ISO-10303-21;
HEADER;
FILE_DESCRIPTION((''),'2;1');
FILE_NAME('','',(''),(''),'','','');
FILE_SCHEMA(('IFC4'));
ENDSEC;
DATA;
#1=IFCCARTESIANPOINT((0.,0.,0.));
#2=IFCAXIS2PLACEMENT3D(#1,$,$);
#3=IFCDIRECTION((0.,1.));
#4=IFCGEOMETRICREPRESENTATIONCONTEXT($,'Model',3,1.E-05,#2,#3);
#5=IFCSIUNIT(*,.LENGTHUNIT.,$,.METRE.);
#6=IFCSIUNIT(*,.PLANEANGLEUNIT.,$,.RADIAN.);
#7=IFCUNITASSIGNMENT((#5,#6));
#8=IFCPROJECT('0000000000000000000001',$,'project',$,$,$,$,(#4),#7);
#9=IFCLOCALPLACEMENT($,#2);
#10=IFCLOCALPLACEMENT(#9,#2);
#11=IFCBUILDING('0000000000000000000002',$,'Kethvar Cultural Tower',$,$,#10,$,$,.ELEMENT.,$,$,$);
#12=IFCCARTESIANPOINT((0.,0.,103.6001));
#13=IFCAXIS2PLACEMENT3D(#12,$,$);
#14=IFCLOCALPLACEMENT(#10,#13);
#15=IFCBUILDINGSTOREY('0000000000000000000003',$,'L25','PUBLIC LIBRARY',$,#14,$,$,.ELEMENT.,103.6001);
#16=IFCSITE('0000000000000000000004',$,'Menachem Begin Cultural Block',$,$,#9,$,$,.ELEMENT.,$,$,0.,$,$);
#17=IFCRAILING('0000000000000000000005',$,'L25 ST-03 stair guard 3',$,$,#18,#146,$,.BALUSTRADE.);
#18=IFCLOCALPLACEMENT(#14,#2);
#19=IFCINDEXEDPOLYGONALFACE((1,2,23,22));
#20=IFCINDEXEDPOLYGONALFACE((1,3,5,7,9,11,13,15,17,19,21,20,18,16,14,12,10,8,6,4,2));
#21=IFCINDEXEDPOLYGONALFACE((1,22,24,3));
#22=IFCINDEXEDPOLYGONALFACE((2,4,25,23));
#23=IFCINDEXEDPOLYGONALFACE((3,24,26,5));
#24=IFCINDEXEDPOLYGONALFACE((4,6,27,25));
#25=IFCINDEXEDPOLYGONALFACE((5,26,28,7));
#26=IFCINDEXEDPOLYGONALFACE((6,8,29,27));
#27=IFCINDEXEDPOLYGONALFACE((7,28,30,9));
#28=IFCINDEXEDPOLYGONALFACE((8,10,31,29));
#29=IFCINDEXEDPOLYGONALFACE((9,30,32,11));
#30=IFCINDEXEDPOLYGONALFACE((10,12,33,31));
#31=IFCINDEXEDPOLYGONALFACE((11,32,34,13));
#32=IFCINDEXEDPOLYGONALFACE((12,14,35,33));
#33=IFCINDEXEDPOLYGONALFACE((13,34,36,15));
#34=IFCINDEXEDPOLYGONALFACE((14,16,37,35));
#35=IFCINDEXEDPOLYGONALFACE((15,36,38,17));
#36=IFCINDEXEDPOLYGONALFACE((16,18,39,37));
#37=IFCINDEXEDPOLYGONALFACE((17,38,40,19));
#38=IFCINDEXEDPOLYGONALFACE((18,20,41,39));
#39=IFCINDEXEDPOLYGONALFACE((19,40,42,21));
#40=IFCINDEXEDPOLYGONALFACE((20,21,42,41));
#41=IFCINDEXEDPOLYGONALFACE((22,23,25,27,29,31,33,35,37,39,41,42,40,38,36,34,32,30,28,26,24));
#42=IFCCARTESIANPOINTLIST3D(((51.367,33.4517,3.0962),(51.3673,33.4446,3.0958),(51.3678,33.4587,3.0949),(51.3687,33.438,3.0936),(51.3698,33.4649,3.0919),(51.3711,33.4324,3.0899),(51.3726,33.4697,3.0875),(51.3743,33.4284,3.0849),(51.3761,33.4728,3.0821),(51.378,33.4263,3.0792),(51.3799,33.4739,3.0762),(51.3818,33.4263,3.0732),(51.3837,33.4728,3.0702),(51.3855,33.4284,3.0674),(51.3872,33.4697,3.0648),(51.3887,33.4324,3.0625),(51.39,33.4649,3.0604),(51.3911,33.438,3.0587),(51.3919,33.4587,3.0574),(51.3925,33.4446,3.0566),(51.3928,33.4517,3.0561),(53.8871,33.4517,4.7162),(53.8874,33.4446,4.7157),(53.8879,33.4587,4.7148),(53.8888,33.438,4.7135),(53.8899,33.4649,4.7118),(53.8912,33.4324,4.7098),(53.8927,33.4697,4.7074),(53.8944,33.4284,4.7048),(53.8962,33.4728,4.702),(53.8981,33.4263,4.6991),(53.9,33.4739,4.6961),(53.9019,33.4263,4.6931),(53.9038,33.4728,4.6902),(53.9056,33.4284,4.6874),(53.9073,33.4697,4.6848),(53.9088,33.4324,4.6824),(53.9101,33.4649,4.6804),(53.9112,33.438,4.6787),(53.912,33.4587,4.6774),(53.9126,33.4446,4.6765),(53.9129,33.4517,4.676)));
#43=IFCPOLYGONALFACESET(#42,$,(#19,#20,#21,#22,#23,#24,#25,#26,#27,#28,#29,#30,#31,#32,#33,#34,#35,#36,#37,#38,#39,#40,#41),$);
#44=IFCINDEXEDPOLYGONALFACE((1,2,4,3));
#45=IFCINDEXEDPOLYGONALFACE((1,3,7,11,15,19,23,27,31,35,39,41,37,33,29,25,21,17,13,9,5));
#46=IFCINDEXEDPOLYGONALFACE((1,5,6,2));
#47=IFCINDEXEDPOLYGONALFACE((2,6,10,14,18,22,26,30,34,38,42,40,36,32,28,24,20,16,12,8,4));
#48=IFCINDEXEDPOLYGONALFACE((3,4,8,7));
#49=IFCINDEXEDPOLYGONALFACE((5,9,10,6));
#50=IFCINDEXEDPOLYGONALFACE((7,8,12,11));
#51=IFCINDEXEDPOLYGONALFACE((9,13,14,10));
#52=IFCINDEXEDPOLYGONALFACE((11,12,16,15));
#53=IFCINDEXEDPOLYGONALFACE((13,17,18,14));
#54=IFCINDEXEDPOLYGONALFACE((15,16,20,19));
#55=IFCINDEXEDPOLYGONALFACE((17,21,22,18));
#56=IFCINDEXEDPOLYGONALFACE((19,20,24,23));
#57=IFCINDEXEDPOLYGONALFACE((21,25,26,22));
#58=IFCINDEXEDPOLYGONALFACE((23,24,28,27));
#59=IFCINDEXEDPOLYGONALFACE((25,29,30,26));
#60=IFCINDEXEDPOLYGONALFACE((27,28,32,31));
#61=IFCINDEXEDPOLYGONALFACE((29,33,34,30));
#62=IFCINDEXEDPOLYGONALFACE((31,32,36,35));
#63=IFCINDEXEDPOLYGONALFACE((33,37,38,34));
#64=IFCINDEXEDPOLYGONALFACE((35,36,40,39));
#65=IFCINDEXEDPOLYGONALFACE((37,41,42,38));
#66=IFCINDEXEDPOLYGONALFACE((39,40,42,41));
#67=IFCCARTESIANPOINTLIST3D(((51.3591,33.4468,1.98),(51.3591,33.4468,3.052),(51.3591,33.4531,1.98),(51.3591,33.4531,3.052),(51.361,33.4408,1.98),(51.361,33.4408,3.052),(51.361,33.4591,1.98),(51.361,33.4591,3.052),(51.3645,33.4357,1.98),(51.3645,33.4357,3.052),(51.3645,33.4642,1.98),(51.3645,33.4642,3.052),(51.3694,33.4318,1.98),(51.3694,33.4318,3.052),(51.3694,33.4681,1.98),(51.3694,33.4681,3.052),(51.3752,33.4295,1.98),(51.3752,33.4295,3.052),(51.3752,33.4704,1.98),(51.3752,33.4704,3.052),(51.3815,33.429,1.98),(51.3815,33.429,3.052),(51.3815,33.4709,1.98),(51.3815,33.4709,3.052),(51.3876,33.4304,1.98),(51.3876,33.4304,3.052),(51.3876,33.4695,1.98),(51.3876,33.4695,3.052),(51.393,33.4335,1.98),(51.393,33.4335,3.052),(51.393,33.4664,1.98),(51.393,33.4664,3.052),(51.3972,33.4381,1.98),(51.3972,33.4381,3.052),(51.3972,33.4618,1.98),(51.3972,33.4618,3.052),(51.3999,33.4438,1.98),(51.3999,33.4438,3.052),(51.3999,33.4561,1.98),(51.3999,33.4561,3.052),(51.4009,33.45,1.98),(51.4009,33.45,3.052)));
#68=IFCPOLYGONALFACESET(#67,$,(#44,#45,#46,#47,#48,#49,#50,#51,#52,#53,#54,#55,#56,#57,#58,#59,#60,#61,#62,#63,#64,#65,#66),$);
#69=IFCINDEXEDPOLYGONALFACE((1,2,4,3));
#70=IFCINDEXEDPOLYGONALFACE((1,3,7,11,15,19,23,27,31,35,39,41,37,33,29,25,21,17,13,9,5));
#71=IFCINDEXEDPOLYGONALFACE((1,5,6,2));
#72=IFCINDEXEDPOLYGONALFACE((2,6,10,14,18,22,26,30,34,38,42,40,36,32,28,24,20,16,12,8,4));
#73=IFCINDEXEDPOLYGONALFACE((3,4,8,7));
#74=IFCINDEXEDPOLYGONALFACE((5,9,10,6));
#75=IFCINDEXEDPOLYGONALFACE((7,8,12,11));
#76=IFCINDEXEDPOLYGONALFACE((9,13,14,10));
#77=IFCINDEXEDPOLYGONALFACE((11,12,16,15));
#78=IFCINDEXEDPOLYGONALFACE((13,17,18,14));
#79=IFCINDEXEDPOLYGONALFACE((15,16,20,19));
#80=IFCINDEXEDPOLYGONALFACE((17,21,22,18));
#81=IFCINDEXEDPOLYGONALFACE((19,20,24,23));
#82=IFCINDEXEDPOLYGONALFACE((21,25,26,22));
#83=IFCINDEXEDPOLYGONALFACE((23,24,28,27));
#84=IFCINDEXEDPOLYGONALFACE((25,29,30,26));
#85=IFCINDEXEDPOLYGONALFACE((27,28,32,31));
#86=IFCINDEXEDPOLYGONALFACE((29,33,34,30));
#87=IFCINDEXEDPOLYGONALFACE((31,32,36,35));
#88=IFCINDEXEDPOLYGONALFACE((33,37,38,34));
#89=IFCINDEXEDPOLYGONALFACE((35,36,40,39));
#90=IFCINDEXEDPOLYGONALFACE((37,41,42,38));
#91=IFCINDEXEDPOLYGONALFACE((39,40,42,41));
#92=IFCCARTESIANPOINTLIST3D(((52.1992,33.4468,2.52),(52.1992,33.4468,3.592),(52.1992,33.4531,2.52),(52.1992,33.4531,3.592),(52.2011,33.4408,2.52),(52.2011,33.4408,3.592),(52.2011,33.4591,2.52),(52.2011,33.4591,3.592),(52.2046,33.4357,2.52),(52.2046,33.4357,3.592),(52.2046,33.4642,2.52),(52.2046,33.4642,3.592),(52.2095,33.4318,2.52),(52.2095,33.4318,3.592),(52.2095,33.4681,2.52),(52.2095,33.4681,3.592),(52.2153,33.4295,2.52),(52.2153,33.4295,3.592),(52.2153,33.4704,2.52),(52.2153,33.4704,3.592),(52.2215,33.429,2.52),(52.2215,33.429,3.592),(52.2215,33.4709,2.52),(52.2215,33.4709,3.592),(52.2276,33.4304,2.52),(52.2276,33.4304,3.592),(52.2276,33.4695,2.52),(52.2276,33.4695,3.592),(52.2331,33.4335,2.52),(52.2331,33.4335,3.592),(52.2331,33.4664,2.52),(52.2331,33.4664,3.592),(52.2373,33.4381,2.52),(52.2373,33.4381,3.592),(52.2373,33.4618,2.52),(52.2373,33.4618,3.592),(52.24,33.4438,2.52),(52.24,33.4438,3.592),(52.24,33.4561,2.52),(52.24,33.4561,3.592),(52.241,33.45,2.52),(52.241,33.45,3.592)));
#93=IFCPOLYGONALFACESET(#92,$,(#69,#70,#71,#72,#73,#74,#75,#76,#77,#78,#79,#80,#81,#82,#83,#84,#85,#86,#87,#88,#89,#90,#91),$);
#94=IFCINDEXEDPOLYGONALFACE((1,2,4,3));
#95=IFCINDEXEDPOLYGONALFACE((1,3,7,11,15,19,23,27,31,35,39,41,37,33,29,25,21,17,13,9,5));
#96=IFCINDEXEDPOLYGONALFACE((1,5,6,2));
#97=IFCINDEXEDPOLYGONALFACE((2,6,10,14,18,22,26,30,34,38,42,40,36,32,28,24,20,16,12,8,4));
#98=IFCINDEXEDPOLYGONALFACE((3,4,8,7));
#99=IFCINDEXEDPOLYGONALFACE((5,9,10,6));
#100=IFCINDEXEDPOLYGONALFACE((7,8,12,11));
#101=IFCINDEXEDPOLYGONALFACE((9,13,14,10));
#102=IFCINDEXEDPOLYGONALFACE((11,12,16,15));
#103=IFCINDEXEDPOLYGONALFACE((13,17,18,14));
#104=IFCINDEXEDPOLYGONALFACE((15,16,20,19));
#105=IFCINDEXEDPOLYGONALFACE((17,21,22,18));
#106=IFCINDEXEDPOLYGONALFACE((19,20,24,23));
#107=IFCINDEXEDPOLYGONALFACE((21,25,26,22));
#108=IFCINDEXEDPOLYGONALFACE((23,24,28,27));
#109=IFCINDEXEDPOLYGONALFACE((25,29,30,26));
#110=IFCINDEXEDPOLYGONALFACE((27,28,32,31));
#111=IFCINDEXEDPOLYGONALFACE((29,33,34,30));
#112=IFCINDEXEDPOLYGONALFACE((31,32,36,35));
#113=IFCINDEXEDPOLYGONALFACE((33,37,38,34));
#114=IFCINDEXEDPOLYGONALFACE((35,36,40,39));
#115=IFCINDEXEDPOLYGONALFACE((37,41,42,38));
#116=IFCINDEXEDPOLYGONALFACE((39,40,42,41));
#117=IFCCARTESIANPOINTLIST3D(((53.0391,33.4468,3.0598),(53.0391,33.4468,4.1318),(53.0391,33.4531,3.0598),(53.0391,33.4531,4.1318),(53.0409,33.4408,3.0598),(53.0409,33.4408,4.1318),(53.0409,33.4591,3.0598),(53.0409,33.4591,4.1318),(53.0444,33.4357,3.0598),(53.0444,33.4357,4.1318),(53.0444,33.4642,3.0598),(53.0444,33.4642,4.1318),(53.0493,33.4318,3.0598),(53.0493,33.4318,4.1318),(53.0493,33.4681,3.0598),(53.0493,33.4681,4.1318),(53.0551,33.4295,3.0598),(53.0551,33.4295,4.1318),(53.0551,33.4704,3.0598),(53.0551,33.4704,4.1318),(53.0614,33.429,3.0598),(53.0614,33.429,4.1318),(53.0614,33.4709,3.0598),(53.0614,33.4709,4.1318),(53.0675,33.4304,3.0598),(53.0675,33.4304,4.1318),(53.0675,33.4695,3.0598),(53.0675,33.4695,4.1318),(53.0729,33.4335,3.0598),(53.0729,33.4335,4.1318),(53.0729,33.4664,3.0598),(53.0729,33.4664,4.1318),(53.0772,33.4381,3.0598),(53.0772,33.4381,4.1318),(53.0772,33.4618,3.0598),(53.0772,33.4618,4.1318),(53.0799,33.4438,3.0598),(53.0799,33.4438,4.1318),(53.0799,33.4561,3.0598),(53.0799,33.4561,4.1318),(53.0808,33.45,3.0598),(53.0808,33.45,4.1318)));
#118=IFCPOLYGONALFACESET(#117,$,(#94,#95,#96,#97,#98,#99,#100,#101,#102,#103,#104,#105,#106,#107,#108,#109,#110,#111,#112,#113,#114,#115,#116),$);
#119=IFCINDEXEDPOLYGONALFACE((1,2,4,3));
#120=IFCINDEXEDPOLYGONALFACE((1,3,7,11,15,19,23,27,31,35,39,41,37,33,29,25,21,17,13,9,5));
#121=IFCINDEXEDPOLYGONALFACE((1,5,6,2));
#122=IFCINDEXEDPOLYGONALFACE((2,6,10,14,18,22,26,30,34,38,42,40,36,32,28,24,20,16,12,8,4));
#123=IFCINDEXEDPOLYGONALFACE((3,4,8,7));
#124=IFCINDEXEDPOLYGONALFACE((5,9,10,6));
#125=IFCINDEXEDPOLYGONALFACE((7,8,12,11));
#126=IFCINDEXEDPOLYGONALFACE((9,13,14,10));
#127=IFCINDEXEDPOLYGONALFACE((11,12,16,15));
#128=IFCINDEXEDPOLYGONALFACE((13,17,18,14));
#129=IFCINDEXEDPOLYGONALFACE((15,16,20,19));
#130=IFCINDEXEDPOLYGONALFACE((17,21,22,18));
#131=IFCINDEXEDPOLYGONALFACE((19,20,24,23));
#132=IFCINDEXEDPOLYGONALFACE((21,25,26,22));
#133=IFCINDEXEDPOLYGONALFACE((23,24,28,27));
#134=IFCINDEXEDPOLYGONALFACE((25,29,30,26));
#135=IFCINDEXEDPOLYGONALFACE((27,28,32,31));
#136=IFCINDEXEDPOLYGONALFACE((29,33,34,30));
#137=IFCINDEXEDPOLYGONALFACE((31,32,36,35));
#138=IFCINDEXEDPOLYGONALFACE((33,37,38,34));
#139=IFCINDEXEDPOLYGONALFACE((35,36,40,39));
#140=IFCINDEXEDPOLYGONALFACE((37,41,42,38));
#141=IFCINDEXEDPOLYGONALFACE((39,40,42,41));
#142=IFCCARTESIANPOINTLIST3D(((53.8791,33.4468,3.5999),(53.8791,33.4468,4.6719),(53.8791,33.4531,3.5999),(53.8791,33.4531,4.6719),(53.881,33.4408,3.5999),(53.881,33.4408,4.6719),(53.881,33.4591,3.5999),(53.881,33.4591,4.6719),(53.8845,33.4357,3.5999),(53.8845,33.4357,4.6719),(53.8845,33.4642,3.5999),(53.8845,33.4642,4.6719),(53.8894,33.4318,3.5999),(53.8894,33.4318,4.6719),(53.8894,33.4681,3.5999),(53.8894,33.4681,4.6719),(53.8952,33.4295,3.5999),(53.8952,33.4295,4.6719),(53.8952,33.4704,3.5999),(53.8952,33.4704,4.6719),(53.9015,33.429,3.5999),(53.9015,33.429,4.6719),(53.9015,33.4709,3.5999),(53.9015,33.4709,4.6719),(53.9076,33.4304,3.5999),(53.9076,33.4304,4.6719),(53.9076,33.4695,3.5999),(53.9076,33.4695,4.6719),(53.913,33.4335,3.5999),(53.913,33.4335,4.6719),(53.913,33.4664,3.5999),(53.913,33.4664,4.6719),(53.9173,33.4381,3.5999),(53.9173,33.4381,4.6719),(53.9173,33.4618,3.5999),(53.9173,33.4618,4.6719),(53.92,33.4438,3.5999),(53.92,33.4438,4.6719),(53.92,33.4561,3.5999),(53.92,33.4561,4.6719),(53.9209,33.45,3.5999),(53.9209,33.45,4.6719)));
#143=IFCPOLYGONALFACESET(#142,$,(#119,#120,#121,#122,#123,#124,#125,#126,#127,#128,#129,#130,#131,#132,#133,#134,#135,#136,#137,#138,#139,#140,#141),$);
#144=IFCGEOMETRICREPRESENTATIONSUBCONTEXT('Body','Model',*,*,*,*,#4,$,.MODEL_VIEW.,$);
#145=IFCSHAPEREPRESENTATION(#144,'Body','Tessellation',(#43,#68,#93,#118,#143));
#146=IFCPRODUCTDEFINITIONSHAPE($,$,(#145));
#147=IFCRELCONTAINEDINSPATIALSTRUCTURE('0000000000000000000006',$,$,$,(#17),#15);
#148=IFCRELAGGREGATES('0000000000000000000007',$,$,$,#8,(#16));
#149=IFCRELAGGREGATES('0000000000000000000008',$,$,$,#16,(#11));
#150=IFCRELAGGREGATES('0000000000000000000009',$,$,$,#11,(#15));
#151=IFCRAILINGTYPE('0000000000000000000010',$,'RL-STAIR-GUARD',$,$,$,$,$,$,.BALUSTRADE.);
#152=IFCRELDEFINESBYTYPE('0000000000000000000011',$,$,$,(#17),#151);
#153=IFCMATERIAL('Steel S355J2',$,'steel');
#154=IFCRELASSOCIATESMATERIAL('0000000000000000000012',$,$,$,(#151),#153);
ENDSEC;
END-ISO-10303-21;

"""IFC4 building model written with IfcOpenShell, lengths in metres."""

from ifc_helpers import new_model, si_unit, direction, frame, origin, origin_2d, place, context, subcontext, project, spatial, circle, extrude, material, type_object, element, save


model = new_model("IFC4")

# Units and contexts
model_context = context("Model", 3, precision=1e-05, world=origin(), true_north=direction((0.0, 1.0)))
body_context = subcontext(model_context, "Body", "Model", "MODEL_VIEW")
ifc_project = project(units=[si_unit("LENGTHUNIT", "METRE"), si_unit("PLANEANGLEUNIT", "RADIAN")], contexts=[model_context])

# Site, building, storey
site_placement = place(None, origin())
site = spatial("IfcSite", under=ifc_project, at=site_placement, Name="Menachem Begin Cultural Block", CompositionType="ELEMENT", RefElevation=0.0)
building_placement = place(site_placement, origin())
building = spatial("IfcBuilding", under=site, at=building_placement, Name="Kethvar Cultural Tower", CompositionType="ELEMENT")
storey_placement = place(building_placement, frame((0.0, 0.0, 103.6001)))
storey = spatial("IfcBuildingStorey", under=building, at=storey_placement, Name="L25", Description="PUBLIC LIBRARY", CompositionType="ELEMENT", Elevation=103.6001)

# Shared definitions
ifc_material_1 = material(Name="Steel S355J2", Category="steel")

# Railing
railing_type_1 = type_object("IfcRailingType", Name="RL-STAIR-GUARD", PredefinedType="BALUSTRADE", material=ifc_material_1)
railing_1_placement = place(storey_placement, frame((51.3799, 33.45, 1.98)))
element("IfcRailing", 1, at=railing_1_placement, inside=storey, type_object=railing_type_1, Name="L25 ST-03 stair guard 3", PredefinedType="BALUSTRADE", context=body_context, shape_type="SweptSolid", body=[
    extrude(circle(Radius=0.0239, at=origin_2d()), frame((0.0, 0.0, 1.0962), z_axis=(0.8412, 0.0, 0.540725), x_axis=(0.0, 1.0, 0.0)), (0.0, 0.0, 1.0), 2.9958),
    extrude(circle(Radius=0.021, at=origin_2d()), origin(), (0.0, 0.0, 1.0), 1.072),
    extrude(circle(Radius=0.021, at=origin_2d()), frame((0.8401, 0.0, 0.54)), (0.0, 0.0, 1.0), 1.072),
    extrude(circle(Radius=0.021, at=origin_2d()), frame((1.6799, 0.0, 1.0798)), (0.0, 0.0, 1.0), 1.072),
    extrude(circle(Radius=0.021, at=origin_2d()), frame((2.52, 0.0, 1.6199)), (0.0, 0.0, 1.0), 1.072),
])

save(model, "model.ifc")
